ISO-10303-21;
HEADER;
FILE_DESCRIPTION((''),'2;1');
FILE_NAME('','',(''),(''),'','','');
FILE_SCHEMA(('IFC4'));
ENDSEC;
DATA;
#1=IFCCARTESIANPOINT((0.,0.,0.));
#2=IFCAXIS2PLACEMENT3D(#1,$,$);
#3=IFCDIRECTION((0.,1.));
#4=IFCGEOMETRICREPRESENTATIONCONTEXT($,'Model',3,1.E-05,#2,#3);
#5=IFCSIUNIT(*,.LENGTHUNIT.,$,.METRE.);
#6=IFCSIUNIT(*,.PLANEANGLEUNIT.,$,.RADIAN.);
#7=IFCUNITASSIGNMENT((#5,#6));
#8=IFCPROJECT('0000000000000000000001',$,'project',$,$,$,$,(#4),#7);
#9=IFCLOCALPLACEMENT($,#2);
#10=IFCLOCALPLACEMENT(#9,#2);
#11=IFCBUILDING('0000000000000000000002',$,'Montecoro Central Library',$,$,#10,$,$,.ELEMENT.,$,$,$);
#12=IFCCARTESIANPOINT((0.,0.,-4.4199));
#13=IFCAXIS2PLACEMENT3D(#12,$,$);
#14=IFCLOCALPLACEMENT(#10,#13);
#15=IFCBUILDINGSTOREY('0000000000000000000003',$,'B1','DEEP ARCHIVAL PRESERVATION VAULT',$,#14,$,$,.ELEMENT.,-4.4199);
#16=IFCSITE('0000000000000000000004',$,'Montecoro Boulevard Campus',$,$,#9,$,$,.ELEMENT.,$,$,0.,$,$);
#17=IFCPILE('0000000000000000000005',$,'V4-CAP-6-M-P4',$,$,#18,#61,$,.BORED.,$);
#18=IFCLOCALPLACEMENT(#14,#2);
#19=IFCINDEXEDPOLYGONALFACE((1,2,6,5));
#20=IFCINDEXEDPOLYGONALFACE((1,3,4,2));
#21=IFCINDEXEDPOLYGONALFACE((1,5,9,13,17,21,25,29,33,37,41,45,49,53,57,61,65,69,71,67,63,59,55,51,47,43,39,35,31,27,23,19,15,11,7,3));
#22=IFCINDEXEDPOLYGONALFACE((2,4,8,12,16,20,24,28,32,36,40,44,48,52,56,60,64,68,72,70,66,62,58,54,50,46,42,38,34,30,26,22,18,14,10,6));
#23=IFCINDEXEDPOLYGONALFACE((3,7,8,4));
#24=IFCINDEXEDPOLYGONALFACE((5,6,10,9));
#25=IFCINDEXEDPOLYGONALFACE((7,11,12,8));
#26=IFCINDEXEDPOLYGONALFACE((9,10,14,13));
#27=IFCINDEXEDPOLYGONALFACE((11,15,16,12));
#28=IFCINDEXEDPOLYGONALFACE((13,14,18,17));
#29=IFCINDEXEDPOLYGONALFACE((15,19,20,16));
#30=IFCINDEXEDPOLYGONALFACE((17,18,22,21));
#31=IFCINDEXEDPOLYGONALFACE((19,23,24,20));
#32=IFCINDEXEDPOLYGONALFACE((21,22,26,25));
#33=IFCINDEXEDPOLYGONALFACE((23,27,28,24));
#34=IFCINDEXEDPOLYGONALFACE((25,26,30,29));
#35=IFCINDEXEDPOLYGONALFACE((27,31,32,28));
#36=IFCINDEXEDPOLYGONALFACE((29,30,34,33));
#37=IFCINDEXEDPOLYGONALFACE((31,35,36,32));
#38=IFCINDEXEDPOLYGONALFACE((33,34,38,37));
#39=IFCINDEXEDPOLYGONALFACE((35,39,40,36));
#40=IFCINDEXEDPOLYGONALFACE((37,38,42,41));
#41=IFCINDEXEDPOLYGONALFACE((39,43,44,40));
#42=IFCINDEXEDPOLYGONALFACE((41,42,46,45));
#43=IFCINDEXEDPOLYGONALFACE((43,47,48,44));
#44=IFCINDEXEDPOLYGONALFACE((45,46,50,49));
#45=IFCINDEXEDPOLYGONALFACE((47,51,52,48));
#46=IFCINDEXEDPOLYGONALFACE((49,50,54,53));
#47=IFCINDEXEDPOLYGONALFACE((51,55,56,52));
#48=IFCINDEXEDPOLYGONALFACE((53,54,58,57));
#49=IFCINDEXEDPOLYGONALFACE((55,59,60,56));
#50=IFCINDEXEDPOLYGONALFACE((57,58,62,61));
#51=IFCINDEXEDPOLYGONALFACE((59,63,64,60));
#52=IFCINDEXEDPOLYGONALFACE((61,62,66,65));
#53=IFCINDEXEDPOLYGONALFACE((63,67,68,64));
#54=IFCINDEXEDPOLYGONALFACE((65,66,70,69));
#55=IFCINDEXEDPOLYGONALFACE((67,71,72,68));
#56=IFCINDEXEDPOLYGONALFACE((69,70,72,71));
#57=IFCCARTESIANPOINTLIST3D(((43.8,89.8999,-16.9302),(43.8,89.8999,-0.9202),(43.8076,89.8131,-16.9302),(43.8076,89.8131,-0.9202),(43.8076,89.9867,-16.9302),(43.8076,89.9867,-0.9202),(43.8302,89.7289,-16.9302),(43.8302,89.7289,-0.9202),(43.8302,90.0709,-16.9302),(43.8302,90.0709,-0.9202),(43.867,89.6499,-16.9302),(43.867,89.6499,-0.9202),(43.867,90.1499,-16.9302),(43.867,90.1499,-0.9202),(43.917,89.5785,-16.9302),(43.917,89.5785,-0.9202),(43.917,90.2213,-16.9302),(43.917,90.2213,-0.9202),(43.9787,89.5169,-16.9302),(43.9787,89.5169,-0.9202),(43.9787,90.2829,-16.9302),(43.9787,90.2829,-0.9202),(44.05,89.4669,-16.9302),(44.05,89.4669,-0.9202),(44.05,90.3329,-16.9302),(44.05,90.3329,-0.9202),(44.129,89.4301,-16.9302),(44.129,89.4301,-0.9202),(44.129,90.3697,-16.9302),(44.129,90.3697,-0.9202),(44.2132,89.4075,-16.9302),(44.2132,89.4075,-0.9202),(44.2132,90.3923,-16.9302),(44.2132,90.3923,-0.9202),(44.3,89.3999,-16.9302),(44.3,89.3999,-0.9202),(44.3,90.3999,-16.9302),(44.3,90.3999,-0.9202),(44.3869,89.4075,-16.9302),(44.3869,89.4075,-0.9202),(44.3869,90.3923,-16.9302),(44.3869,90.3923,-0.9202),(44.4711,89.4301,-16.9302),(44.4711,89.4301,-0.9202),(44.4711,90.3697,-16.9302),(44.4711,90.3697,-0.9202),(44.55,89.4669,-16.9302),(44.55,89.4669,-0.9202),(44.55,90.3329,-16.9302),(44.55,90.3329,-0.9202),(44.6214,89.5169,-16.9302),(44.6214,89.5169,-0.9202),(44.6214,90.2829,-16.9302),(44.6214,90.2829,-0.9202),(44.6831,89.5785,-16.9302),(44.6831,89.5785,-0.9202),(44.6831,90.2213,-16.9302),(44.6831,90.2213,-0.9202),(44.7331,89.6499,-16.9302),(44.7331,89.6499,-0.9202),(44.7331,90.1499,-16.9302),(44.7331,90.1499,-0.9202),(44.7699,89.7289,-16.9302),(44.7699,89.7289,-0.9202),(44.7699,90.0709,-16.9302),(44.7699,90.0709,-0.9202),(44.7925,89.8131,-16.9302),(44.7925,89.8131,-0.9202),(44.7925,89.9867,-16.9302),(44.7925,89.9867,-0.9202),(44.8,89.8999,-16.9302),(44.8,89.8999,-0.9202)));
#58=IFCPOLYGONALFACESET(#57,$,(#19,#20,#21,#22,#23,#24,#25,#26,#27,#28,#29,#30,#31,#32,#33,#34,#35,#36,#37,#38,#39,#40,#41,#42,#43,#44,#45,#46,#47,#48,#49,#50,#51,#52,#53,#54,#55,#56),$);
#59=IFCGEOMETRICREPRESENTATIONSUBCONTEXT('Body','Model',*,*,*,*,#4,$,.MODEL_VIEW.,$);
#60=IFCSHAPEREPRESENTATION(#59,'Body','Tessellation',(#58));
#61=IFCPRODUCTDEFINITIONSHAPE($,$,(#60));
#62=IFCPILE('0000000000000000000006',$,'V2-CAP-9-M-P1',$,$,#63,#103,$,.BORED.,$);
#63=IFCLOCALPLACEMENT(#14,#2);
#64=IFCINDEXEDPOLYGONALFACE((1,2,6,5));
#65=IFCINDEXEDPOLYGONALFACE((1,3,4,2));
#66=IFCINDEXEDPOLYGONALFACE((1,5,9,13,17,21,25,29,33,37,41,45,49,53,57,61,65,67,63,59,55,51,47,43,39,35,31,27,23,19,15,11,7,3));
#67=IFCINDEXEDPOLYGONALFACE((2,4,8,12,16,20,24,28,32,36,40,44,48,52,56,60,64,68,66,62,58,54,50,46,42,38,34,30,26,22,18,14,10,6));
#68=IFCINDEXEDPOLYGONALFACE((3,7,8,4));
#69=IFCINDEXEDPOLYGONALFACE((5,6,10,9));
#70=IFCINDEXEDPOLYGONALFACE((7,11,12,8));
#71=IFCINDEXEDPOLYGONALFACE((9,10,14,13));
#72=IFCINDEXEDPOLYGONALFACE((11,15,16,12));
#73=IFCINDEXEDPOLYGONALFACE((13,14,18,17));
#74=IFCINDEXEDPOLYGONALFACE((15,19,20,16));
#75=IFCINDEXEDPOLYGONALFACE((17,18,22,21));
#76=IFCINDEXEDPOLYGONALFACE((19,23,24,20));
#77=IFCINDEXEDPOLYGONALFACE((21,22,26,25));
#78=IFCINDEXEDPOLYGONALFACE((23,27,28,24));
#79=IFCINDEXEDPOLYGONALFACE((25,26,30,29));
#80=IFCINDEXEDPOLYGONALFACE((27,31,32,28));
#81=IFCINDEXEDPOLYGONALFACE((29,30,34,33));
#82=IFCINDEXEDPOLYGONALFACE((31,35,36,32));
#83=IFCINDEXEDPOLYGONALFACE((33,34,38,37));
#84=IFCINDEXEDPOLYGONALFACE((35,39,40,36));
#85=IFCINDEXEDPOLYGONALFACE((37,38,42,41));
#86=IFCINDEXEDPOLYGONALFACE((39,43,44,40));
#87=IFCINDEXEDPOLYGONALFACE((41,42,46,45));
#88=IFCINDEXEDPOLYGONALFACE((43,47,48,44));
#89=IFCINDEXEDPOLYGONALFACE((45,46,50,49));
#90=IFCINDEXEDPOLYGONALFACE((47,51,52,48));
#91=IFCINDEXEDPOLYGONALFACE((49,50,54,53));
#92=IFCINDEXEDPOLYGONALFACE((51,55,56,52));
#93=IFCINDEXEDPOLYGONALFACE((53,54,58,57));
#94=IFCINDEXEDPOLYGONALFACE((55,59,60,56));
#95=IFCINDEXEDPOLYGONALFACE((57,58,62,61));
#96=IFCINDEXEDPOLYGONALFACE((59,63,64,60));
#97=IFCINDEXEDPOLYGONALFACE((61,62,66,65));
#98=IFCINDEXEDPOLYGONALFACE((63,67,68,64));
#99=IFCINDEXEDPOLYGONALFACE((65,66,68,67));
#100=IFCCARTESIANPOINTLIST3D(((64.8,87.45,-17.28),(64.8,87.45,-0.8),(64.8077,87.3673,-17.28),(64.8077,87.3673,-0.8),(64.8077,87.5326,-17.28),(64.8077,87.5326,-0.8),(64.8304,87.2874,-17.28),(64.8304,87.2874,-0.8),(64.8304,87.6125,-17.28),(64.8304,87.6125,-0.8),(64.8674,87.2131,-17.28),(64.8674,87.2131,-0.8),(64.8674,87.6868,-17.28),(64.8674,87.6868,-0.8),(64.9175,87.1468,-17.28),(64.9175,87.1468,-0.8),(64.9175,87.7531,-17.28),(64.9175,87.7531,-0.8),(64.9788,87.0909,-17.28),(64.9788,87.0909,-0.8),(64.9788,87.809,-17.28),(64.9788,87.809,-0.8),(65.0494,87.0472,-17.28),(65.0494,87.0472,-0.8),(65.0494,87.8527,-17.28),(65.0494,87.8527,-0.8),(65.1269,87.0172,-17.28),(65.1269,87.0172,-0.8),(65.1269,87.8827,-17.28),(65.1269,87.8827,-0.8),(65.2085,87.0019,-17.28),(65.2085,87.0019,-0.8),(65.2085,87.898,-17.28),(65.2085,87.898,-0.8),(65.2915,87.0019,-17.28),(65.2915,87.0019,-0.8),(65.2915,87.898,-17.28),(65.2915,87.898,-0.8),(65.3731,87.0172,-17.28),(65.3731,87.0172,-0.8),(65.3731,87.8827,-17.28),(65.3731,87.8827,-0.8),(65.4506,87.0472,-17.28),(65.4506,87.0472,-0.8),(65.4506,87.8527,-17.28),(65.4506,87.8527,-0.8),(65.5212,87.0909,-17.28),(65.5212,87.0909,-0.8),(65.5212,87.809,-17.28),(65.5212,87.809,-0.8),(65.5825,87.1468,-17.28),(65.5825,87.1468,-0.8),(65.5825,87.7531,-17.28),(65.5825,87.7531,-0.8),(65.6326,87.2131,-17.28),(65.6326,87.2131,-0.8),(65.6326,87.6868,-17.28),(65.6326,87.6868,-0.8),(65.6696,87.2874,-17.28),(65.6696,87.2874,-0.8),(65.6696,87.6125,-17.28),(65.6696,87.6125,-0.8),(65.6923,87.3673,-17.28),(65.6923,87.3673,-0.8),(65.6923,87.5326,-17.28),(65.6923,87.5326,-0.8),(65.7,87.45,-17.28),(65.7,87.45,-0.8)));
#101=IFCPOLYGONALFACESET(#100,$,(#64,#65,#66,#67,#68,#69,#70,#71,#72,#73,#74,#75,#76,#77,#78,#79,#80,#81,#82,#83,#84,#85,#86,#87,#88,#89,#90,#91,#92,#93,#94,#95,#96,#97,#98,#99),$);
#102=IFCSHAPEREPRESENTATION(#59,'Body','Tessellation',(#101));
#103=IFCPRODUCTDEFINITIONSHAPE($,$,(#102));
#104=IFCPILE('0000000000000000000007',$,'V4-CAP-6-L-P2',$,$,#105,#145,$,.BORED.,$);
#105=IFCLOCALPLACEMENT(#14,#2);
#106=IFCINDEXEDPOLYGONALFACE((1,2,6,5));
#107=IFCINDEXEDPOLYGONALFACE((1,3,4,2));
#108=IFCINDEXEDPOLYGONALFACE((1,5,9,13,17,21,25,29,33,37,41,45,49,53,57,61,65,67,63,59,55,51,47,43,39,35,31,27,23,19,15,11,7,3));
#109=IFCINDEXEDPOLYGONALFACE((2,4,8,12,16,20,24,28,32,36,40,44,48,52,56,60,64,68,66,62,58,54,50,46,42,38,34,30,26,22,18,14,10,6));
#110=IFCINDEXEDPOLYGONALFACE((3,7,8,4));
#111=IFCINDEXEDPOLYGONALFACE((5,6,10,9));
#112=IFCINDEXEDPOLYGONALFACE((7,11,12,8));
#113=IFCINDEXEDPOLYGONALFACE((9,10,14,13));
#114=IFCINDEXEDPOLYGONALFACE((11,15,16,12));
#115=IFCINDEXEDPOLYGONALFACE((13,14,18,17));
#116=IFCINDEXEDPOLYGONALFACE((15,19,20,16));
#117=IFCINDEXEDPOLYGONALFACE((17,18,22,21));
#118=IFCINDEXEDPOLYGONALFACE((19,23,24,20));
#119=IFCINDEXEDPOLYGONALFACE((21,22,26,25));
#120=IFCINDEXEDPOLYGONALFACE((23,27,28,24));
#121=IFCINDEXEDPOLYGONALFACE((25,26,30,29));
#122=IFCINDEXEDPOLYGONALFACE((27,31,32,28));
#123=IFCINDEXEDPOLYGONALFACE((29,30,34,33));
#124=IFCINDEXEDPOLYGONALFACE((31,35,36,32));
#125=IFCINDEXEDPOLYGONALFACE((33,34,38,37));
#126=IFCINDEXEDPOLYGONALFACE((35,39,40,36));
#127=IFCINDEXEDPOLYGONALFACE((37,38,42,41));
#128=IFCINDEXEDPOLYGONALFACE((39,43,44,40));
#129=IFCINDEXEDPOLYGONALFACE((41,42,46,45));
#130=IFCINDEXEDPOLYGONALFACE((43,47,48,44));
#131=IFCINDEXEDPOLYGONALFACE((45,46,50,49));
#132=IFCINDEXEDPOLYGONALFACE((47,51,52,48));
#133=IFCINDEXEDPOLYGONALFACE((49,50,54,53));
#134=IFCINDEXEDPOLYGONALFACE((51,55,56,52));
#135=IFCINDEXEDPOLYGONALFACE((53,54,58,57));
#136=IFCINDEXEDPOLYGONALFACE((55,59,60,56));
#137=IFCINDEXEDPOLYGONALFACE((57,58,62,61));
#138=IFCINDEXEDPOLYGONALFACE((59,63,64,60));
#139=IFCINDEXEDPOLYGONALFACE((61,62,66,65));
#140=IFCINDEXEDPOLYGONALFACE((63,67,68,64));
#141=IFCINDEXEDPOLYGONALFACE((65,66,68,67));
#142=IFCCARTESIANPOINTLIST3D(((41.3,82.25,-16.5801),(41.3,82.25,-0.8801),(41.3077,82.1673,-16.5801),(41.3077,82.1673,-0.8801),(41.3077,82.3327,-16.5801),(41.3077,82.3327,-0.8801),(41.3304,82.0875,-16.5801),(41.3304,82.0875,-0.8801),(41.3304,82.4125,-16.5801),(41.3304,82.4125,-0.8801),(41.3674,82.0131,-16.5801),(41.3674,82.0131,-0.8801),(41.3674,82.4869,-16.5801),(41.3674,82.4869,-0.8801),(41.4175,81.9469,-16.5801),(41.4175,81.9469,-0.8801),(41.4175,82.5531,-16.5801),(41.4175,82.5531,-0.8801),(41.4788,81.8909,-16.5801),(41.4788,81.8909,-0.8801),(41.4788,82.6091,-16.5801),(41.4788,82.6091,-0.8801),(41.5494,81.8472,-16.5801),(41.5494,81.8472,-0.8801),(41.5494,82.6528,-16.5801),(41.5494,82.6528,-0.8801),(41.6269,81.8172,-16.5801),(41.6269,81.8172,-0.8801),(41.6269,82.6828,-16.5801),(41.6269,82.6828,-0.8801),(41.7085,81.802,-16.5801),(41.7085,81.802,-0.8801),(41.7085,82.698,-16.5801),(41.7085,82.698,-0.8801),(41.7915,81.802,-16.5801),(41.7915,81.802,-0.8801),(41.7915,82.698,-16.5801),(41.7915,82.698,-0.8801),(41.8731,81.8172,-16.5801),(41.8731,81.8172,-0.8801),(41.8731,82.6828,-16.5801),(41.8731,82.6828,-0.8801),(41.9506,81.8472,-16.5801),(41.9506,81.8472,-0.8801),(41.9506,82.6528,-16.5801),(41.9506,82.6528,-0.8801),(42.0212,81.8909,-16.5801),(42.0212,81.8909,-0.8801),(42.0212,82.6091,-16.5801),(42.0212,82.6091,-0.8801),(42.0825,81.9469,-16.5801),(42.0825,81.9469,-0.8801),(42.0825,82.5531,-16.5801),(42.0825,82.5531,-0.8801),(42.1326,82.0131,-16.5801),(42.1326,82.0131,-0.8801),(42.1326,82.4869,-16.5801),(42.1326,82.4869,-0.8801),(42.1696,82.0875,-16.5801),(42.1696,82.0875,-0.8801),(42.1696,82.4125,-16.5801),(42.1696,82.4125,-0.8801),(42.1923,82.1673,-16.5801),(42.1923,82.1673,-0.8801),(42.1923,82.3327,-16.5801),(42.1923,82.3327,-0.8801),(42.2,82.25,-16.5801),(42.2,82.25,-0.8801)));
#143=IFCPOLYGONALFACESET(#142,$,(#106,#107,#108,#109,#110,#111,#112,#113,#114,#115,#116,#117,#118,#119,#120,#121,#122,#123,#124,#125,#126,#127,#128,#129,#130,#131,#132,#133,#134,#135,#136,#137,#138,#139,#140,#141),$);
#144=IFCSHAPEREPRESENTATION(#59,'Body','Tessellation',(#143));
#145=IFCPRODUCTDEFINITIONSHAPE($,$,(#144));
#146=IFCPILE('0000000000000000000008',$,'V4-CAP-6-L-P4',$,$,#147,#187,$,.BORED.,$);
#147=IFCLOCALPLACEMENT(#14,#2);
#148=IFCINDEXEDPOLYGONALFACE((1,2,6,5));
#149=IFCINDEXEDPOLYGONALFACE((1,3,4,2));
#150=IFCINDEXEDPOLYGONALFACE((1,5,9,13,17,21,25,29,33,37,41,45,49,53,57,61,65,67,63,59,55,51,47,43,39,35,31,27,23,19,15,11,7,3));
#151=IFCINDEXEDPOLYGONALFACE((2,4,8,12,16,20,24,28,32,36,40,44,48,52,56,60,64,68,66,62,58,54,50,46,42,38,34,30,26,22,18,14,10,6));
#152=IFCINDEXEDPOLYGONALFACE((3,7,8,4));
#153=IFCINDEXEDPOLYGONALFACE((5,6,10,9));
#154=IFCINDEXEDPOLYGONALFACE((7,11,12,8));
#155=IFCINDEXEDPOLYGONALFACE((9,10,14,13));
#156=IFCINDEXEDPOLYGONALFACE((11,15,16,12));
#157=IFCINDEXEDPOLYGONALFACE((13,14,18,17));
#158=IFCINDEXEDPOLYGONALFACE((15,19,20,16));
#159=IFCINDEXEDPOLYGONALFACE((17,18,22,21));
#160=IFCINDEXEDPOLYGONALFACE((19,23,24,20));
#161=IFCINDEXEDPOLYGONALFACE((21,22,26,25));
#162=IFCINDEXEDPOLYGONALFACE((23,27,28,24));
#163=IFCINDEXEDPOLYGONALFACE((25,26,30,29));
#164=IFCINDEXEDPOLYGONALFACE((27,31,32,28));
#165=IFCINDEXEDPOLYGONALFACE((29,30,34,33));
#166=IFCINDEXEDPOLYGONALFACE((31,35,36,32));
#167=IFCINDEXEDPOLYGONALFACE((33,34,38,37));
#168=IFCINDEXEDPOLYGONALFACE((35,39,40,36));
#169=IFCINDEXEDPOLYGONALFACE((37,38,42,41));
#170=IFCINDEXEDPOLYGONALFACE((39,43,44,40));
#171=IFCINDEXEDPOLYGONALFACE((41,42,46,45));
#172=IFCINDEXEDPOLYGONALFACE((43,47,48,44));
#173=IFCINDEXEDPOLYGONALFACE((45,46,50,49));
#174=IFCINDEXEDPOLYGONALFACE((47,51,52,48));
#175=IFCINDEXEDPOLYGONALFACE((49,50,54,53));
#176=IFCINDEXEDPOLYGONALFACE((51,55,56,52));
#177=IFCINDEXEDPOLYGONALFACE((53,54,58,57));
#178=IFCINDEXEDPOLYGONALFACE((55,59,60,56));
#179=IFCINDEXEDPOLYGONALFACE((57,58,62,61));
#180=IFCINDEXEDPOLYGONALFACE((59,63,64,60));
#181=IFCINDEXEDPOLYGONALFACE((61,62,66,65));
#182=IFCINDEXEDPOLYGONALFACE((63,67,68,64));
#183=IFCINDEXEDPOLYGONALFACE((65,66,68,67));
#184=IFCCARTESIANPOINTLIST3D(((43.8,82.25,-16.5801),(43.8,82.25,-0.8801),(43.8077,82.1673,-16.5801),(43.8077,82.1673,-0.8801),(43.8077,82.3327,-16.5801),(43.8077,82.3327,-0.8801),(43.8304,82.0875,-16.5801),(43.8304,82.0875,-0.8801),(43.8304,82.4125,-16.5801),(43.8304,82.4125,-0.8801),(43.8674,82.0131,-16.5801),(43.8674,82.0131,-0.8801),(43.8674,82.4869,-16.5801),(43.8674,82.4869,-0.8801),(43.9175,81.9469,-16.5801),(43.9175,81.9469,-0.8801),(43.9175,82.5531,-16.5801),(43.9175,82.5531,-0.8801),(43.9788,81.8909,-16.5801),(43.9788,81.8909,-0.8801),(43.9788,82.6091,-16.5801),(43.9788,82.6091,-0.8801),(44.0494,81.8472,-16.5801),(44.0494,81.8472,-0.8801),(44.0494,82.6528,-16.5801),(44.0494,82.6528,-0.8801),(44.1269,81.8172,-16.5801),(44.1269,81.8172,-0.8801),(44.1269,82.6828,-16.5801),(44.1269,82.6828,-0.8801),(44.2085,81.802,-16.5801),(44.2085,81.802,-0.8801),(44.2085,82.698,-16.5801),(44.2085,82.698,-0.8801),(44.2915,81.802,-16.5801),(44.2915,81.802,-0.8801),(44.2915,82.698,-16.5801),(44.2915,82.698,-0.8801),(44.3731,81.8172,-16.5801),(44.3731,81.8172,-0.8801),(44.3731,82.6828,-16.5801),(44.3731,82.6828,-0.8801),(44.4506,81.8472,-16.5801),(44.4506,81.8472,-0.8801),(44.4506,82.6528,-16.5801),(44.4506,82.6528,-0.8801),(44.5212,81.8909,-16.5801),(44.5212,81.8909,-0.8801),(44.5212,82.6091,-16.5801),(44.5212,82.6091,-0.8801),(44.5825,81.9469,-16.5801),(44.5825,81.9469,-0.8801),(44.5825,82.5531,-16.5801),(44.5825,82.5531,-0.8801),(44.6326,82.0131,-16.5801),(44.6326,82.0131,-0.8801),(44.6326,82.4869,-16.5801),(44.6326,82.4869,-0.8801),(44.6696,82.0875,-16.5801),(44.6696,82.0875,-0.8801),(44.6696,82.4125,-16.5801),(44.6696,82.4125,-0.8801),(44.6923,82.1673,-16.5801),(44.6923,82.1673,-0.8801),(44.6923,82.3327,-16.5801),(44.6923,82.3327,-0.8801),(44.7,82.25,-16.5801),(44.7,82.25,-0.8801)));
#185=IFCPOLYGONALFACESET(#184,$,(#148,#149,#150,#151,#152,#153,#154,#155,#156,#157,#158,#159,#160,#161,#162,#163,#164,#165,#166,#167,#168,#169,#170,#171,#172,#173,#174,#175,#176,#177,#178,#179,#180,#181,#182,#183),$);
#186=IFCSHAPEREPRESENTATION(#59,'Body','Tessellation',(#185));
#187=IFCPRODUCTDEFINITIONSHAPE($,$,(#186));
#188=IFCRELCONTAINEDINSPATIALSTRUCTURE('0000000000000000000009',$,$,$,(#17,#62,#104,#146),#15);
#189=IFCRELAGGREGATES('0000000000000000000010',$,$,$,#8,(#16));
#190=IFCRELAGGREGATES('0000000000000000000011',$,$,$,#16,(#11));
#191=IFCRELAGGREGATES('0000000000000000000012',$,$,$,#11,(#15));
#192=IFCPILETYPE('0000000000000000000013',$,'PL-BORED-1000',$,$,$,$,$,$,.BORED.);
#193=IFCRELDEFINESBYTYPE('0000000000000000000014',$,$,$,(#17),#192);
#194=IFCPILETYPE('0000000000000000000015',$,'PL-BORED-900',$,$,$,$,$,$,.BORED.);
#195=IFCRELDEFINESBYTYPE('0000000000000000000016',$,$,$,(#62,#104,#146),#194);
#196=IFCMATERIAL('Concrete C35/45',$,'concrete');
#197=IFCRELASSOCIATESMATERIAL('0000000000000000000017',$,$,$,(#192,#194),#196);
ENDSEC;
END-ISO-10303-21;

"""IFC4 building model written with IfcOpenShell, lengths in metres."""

from ifc_helpers import new_model, si_unit, direction, frame, origin, origin_2d, place, context, subcontext, project, spatial, circle, extrude, material, material_profile, profile_set, type_object, element, save


model = new_model("IFC4")

# Units and contexts
model_context = context("Model", 3, precision=1e-05, world=origin(), true_north=direction((0.0, 1.0)))
body_context = subcontext(model_context, "Body", "Model", "MODEL_VIEW")
ifc_project = project(units=[si_unit("LENGTHUNIT", "METRE"), si_unit("PLANEANGLEUNIT", "RADIAN")], contexts=[model_context])

# Site, building, storey
site_placement = place(None, origin())
site = spatial("IfcSite", under=ifc_project, at=site_placement, Name="Montecoro Boulevard Campus", CompositionType="ELEMENT", RefElevation=0.0)
building_placement = place(site_placement, origin())
building = spatial("IfcBuilding", under=site, at=building_placement, Name="Montecoro Central Library", CompositionType="ELEMENT")
storey_placement = place(building_placement, frame((0.0, 0.0, -4.4199)))
storey = spatial("IfcBuildingStorey", under=building, at=storey_placement, Name="B1", Description="DEEP ARCHIVAL PRESERVATION VAULT", CompositionType="ELEMENT", Elevation=-4.4199)

# Shared definitions
ifc_material_1 = material(Name="Concrete C35/45", Category="concrete")

# Piles
ifc_material_profile_1 = material_profile(ifc_material_1, circle(Radius=0.5, at=origin_2d()), Name="PILE D1000")
ifc_profile_set_1 = profile_set([ifc_material_profile_1], Name="Concrete C35/45")
pile_type_1 = type_object("IfcPileType", Name="PL-BORED-1000", PredefinedType="BORED", material=ifc_profile_set_1)
for number, where, z_axis, x_axis, name in (
    (1, (44.3, 89.8999, -0.9202), (0.0, 0.0, -1.0), (1.0, 0.0, 0.0), "V4-CAP-6-M-P4"),
):
    element("IfcPile", number, at=place(storey_placement, frame(where, z_axis=z_axis, x_axis=x_axis)), inside=storey, type_object=pile_type_1, Name=name, PredefinedType="BORED", context=body_context, shape_type="SweptSolid", body=[
        extrude(circle(Radius=0.5, at=origin_2d()), origin(), (0.0, 0.0, 1.0), 16.01),
    ])
ifc_material_profile_2 = material_profile(ifc_material_1, circle(Radius=0.45, at=origin_2d()), Name="PILE D900")
ifc_profile_set_2 = profile_set([ifc_material_profile_2], Name="Concrete C35/45")
pile_type_2 = type_object("IfcPileType", Name="PL-BORED-900", PredefinedType="BORED", material=ifc_profile_set_2)
pile_1_placement = place(storey_placement, frame((65.25, 87.45, -0.8), z_axis=(0.0, 0.0, -1.0), x_axis=(1.0, 0.0, 0.0)))
element("IfcPile", 2, at=pile_1_placement, inside=storey, type_object=pile_type_2, Name="V2-CAP-9-M-P1", PredefinedType="BORED", context=body_context, shape_type="SweptSolid", body=[
    extrude(circle(Radius=0.45, at=origin_2d()), origin(), (0.0, 0.0, 1.0), 16.48),
])
for number, where, z_axis, x_axis, name in (
    (3, (41.75, 82.25, -0.8801), (0.0, 0.0, -1.0), (1.0, 0.0, 0.0), "V4-CAP-6-L-P2"),
    (4, (44.25, 82.25, -0.8801), (0.0, 0.0, -1.0), (1.0, 0.0, 0.0), "V4-CAP-6-L-P4"),
):
    element("IfcPile", number, at=place(storey_placement, frame(where, z_axis=z_axis, x_axis=x_axis)), inside=storey, type_object=pile_type_2, Name=name, PredefinedType="BORED", context=body_context, shape_type="SweptSolid", body=[
        extrude(circle(Radius=0.45, at=origin_2d()), origin(), (0.0, 0.0, 1.0), 15.7),
    ])

save(model, "model.ifc")
